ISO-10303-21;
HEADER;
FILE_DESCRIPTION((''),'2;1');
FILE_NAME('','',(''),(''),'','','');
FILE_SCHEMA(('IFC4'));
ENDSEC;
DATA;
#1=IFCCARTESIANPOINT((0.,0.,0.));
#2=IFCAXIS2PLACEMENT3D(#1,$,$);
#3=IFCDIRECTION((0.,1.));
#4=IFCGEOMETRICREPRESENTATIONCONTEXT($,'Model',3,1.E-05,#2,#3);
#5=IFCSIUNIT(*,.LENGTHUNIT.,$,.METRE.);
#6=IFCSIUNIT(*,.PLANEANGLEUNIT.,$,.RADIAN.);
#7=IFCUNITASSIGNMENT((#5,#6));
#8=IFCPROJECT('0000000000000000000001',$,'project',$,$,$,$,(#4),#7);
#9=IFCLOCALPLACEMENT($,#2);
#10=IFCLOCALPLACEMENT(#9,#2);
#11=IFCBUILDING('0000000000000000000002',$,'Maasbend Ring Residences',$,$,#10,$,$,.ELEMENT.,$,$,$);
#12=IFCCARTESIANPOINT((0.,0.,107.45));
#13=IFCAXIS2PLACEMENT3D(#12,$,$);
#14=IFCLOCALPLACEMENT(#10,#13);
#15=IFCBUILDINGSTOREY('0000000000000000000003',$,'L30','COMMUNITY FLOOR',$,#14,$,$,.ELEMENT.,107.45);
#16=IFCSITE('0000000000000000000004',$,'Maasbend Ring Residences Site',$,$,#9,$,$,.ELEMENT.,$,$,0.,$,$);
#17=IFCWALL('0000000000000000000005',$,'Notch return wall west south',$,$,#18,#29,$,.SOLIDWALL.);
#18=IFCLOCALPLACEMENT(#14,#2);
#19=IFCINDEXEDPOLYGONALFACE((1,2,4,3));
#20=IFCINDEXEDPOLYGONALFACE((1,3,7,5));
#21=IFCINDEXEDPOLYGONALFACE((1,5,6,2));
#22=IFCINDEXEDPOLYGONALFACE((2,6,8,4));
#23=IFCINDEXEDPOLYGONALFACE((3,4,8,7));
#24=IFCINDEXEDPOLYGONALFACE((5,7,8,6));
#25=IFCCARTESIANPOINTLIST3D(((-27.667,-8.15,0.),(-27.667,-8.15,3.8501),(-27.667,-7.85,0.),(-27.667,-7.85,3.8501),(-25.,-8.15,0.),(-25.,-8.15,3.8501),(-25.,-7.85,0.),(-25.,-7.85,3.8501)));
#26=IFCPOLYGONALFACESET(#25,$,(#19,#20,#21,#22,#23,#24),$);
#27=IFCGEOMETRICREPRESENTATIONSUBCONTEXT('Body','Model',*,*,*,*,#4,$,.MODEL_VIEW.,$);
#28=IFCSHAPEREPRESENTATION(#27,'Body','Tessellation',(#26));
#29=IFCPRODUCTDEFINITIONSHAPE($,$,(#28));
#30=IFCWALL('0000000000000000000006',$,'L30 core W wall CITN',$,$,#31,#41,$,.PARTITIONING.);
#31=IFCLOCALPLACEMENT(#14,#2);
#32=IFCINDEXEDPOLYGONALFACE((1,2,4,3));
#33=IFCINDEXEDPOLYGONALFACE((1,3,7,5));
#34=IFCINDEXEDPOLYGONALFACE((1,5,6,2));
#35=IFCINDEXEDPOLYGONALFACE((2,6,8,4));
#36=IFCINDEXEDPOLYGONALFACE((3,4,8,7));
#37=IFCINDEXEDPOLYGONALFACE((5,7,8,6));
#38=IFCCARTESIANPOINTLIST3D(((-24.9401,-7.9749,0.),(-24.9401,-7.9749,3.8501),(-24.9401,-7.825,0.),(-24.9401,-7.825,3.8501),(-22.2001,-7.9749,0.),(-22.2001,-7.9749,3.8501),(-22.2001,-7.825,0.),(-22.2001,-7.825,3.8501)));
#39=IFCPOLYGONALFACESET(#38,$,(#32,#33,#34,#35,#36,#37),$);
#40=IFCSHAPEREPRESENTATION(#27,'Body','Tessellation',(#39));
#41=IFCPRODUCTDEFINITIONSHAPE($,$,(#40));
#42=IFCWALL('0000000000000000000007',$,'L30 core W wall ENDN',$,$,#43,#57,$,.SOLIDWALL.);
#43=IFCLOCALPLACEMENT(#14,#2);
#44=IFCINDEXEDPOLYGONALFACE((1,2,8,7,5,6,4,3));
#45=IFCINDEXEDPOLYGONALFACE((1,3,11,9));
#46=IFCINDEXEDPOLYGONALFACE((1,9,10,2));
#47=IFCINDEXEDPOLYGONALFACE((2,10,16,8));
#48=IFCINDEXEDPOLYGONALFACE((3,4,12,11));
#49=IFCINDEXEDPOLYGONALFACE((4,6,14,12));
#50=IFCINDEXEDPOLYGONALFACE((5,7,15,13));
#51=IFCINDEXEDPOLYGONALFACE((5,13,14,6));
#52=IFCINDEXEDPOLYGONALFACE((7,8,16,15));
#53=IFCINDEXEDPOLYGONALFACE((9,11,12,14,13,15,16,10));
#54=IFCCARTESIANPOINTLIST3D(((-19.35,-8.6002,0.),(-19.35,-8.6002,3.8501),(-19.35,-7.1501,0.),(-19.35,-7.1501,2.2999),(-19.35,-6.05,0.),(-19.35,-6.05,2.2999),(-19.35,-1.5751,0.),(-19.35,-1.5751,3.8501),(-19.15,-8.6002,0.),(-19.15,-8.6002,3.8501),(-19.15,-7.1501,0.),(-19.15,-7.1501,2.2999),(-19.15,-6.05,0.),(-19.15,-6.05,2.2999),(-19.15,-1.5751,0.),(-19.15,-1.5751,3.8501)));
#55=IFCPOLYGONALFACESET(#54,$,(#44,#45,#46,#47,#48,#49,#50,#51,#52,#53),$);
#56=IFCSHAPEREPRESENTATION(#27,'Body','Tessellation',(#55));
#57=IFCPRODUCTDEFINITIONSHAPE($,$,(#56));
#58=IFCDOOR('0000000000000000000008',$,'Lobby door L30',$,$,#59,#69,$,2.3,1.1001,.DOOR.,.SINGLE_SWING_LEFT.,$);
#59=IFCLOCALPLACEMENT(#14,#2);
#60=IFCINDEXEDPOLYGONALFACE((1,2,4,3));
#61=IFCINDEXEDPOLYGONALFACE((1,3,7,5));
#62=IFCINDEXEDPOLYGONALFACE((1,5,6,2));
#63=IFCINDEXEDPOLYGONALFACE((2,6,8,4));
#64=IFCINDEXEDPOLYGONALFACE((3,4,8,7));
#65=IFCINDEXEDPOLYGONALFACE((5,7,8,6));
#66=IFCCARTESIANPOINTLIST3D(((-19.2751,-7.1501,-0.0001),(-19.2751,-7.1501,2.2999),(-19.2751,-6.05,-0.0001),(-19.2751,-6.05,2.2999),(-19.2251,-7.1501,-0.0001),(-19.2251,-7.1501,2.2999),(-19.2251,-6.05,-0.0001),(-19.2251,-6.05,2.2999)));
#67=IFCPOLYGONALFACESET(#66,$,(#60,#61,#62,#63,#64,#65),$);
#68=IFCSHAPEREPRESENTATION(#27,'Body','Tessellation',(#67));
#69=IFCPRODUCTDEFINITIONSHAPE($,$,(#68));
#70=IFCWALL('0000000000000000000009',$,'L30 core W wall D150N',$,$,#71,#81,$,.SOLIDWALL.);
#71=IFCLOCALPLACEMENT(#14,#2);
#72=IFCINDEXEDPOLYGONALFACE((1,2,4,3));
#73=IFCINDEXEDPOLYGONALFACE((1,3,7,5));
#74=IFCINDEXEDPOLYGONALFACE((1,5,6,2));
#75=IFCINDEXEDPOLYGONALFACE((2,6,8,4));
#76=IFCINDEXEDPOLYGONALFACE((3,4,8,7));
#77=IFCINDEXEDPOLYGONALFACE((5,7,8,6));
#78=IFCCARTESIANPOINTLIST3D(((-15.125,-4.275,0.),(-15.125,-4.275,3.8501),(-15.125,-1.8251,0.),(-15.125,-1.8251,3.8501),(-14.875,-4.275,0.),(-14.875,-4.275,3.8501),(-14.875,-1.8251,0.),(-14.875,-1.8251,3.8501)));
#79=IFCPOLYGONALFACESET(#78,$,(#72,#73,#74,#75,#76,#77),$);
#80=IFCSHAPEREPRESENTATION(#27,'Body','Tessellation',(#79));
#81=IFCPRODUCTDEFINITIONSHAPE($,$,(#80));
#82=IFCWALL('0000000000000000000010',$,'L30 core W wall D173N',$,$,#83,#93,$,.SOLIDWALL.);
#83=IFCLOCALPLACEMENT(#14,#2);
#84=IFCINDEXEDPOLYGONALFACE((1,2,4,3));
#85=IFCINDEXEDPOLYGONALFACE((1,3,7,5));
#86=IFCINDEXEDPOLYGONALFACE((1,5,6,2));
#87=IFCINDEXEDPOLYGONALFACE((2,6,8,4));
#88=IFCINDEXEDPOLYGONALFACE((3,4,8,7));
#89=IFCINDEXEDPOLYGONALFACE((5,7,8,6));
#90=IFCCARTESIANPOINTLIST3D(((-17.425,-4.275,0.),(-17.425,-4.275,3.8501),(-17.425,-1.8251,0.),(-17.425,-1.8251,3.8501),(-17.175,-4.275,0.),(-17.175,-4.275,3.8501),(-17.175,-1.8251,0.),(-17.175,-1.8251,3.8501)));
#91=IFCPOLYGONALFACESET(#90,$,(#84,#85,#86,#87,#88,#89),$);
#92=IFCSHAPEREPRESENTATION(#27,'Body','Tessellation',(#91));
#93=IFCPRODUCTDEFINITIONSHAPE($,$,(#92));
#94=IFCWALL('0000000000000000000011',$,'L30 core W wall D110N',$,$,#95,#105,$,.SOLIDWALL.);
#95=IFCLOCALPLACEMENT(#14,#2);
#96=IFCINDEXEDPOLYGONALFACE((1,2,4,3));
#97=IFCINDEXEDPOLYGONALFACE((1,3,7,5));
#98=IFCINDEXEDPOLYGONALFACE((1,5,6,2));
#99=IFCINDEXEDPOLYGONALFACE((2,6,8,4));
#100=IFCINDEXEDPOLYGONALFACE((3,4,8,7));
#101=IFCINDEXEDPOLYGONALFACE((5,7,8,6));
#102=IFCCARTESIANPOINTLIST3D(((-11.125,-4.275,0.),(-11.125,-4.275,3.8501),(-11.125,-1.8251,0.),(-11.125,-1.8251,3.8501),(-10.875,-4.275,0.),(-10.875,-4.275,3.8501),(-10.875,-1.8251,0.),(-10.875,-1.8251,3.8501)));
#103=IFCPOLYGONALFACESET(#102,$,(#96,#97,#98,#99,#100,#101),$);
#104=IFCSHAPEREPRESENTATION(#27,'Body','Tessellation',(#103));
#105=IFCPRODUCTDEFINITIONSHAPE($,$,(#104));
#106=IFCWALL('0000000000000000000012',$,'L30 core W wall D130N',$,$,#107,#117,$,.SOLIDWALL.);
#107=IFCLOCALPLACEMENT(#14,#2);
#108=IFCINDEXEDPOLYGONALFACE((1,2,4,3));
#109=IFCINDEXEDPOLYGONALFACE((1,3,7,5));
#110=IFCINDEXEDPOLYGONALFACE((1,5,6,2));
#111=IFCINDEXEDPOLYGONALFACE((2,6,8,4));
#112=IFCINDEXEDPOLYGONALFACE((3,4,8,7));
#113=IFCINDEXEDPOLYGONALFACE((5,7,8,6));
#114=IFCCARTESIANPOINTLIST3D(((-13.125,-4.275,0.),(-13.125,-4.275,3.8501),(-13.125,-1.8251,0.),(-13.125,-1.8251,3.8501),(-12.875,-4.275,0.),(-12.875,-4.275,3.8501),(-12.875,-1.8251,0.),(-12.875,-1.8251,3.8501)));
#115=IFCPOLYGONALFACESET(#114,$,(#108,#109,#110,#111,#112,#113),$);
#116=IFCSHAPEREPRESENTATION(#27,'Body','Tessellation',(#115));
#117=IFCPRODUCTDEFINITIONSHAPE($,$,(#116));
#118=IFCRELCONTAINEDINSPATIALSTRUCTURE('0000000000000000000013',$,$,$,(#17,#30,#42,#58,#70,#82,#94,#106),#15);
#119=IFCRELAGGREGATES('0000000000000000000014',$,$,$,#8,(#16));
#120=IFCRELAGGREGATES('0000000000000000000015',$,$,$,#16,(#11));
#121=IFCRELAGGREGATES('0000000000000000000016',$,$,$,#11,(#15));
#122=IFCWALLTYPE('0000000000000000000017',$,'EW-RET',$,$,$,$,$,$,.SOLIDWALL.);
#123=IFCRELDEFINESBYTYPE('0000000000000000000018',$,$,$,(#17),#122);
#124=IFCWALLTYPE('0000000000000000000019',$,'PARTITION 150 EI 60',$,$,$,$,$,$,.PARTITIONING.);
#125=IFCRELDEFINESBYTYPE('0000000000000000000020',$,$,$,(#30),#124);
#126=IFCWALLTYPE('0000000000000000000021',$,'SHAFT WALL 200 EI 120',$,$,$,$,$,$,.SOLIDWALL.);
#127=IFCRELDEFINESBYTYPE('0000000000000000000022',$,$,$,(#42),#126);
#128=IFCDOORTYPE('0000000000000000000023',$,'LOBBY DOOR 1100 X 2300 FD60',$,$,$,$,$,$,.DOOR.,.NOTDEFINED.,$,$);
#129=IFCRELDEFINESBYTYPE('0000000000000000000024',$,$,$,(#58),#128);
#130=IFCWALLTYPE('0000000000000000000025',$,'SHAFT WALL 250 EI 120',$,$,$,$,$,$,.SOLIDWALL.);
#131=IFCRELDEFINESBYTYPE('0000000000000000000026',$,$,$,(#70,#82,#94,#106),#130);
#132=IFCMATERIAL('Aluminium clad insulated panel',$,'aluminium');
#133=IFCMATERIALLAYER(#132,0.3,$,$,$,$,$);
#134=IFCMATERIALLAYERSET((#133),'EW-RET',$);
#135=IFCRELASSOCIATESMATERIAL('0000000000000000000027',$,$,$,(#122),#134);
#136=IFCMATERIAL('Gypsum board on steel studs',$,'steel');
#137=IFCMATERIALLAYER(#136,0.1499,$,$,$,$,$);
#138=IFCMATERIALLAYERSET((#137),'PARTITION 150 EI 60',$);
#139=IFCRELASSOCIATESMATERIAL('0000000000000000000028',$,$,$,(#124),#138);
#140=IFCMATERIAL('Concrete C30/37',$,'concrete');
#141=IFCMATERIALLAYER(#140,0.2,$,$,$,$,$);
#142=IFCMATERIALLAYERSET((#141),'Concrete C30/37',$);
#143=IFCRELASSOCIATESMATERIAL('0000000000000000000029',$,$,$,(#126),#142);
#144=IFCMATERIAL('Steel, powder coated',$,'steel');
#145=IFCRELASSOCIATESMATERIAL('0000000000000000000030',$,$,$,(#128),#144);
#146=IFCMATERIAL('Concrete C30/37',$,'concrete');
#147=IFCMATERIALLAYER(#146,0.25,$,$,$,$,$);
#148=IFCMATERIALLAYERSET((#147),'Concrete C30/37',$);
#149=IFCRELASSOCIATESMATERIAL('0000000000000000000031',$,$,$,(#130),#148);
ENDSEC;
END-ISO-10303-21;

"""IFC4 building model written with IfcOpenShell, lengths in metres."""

from ifc_helpers import new_model, si_unit, direction, frame, frame_2d, origin, place, context, subcontext, project, spatial, rectangle, extrude, material, layer, layer_set, type_object, element, fill, save


model = new_model("IFC4")

# Units and contexts
model_context = context("Model", 3, precision=1e-05, world=origin(), true_north=direction((0.0, 1.0)))
body_context = subcontext(model_context, "Body", "Model", "MODEL_VIEW")
ifc_project = project(units=[si_unit("LENGTHUNIT", "METRE"), si_unit("PLANEANGLEUNIT", "RADIAN")], contexts=[model_context])

# Site, building, storey
site_placement = place(None, origin())
site = spatial("IfcSite", under=ifc_project, at=site_placement, Name="Maasbend Ring Residences Site", CompositionType="ELEMENT", RefElevation=0.0)
building_placement = place(site_placement, origin())
building = spatial("IfcBuilding", under=site, at=building_placement, Name="Maasbend Ring Residences", CompositionType="ELEMENT")
storey_placement = place(building_placement, frame((0.0, 0.0, 107.45)))
storey = spatial("IfcBuildingStorey", under=building, at=storey_placement, Name="L30", Description="COMMUNITY FLOOR", CompositionType="ELEMENT", Elevation=107.45)

# Walls
ifc_material_1 = material(Name="Aluminium clad insulated panel", Category="aluminium")
ifc_layer_1 = layer(ifc_material_1, 0.3)
ifc_layer_set_1 = layer_set([ifc_layer_1], Name="EW-RET")
wall_type_1 = type_object("IfcWallType", Name="EW-RET", PredefinedType="SOLIDWALL", material=ifc_layer_set_1)
wall_1_placement = place(storey_placement, frame((-25.0, -8.0, 0.0), z_axis=(0.0, 0.0, 1.0), x_axis=(-1.0, 0.0, 0.0)))
element("IfcWall", 1, at=wall_1_placement, inside=storey, type_object=wall_type_1, Name="Notch return wall west south", PredefinedType="SOLIDWALL", context=body_context, shape_type="SweptSolid", body=[
    extrude(rectangle(XDim=2.667, YDim=0.3, at=frame_2d((1.3335, 0.0))), origin(), (0.0, 0.0, 1.0), 3.8501),
])
ifc_material_2 = material(Name="Gypsum board on steel studs", Category="steel")
ifc_layer_2 = layer(ifc_material_2, 0.1499)
ifc_layer_set_2 = layer_set([ifc_layer_2], Name="PARTITION 150 EI 60")
wall_type_2 = type_object("IfcWallType", Name="PARTITION 150 EI 60", PredefinedType="PARTITIONING", material=ifc_layer_set_2)
wall_2_placement = place(storey_placement, frame((-22.2, -7.8999, 0.0), z_axis=(0.0, 0.0, 1.0), x_axis=(-1.0, 0.0, 0.0)))
element("IfcWall", 2, at=wall_2_placement, inside=storey, type_object=wall_type_2, Name="L30 core W wall CITN", PredefinedType="PARTITIONING", context=body_context, shape_type="SweptSolid", body=[
    extrude(rectangle(XDim=2.74, YDim=0.1499, at=frame_2d((1.3701, 0.0))), origin(), (0.0, 0.0, 1.0), 3.8501),
])

# Wall, opening, door
ifc_material_3 = material(Name="Concrete C30/37", Category="concrete")
ifc_layer_3 = layer(ifc_material_3, 0.2)
ifc_layer_set_3 = layer_set([ifc_layer_3], Name="Concrete C30/37")
wall_type_3 = type_object("IfcWallType", Name="SHAFT WALL 200 EI 120", PredefinedType="SOLIDWALL", material=ifc_layer_set_3)
wall_3_placement = place(storey_placement, frame((-19.25, -1.575, 0.0), z_axis=(0.0, 0.0, 1.0), x_axis=(0.0, -1.0, 0.0)))
wall_3 = element("IfcWall", 3, at=wall_3_placement, inside=storey, type_object=wall_type_3, Name="L30 core W wall ENDN", PredefinedType="SOLIDWALL", context=body_context, shape_type="SweptSolid", body=[
    extrude(rectangle(XDim=7.0251, YDim=0.2, at=frame_2d((3.5127, 0.0))), origin(), (0.0, 0.0, 1.0), 3.8501),
])
opening_1_placement = place(wall_3_placement, frame((4.4751, 0.0, 0.0)))
opening_1 = element("IfcOpeningElement", 4, at=opening_1_placement, cuts=wall_3, PredefinedType="OPENING", context=body_context, shape_type="SweptSolid", body=[
    extrude(rectangle(XDim=1.1001, YDim=2.3, at=frame_2d((0.55, 1.1499))), frame((0.0, 0.1099, 0.0), z_axis=(0.0, -1.0, 0.0), x_axis=(1.0, 0.0, 0.0)), (0.0, 0.0, 1.0), 0.22),
])
ifc_material_4 = material(Name="Steel, powder coated", Category="steel")
door_type_1 = type_object("IfcDoorType", Name="LOBBY DOOR 1100 X 2300 FD60", OperationType="NOTDEFINED", PredefinedType="DOOR", material=ifc_material_4)
door_1_placement = place(opening_1_placement, origin())
door_1 = element("IfcDoor", 5, at=door_1_placement, inside=storey, type_object=door_type_1, Name="Lobby door L30", OperationType="SINGLE_SWING_LEFT", OverallHeight=2.3, OverallWidth=1.1001, PredefinedType="DOOR", context=body_context, shape_type="SweptSolid", body=[
    extrude(rectangle(XDim=1.1001, YDim=2.3, at=frame_2d((0.55, 1.1499))), frame((0.0, 0.0249, 0.0), z_axis=(0.0, -1.0, 0.0), x_axis=(1.0, 0.0, 0.0)), (0.0, 0.0, 1.0), 0.05),
])
fill(opening_1, door_1)

# Walls
ifc_material_5 = material(Name="Concrete C30/37", Category="concrete")
ifc_layer_4 = layer(ifc_material_5, 0.25)
ifc_layer_set_4 = layer_set([ifc_layer_4], Name="Concrete C30/37")
wall_type_4 = type_object("IfcWallType", Name="SHAFT WALL 250 EI 120", PredefinedType="SOLIDWALL", material=ifc_layer_set_4)
for number, where, z_axis, x_axis, name in (
    (6, (-15.0, -1.825, 0.0), (0.0, 0.0, 1.0), (0.0, -1.0, 0.0), "L30 core W wall D150N"),
    (7, (-17.3, -1.825, 0.0), (0.0, 0.0, 1.0), (0.0, -1.0, 0.0), "L30 core W wall D173N"),
    (8, (-11.0, -1.825, 0.0), (0.0, 0.0, 1.0), (0.0, -1.0, 0.0), "L30 core W wall D110N"),
    (9, (-13.0, -1.825, 0.0), (0.0, 0.0, 1.0), (0.0, -1.0, 0.0), "L30 core W wall D130N"),
):
    element("IfcWall", number, at=place(storey_placement, frame(where, z_axis=z_axis, x_axis=x_axis)), inside=storey, type_object=wall_type_4, Name=name, PredefinedType="SOLIDWALL", context=body_context, shape_type="SweptSolid", body=[
        extrude(rectangle(XDim=2.45, YDim=0.25, at=frame_2d((1.2251, 0.0))), origin(), (0.0, 0.0, 1.0), 3.8501),
    ])

save(model, "model.ifc")
